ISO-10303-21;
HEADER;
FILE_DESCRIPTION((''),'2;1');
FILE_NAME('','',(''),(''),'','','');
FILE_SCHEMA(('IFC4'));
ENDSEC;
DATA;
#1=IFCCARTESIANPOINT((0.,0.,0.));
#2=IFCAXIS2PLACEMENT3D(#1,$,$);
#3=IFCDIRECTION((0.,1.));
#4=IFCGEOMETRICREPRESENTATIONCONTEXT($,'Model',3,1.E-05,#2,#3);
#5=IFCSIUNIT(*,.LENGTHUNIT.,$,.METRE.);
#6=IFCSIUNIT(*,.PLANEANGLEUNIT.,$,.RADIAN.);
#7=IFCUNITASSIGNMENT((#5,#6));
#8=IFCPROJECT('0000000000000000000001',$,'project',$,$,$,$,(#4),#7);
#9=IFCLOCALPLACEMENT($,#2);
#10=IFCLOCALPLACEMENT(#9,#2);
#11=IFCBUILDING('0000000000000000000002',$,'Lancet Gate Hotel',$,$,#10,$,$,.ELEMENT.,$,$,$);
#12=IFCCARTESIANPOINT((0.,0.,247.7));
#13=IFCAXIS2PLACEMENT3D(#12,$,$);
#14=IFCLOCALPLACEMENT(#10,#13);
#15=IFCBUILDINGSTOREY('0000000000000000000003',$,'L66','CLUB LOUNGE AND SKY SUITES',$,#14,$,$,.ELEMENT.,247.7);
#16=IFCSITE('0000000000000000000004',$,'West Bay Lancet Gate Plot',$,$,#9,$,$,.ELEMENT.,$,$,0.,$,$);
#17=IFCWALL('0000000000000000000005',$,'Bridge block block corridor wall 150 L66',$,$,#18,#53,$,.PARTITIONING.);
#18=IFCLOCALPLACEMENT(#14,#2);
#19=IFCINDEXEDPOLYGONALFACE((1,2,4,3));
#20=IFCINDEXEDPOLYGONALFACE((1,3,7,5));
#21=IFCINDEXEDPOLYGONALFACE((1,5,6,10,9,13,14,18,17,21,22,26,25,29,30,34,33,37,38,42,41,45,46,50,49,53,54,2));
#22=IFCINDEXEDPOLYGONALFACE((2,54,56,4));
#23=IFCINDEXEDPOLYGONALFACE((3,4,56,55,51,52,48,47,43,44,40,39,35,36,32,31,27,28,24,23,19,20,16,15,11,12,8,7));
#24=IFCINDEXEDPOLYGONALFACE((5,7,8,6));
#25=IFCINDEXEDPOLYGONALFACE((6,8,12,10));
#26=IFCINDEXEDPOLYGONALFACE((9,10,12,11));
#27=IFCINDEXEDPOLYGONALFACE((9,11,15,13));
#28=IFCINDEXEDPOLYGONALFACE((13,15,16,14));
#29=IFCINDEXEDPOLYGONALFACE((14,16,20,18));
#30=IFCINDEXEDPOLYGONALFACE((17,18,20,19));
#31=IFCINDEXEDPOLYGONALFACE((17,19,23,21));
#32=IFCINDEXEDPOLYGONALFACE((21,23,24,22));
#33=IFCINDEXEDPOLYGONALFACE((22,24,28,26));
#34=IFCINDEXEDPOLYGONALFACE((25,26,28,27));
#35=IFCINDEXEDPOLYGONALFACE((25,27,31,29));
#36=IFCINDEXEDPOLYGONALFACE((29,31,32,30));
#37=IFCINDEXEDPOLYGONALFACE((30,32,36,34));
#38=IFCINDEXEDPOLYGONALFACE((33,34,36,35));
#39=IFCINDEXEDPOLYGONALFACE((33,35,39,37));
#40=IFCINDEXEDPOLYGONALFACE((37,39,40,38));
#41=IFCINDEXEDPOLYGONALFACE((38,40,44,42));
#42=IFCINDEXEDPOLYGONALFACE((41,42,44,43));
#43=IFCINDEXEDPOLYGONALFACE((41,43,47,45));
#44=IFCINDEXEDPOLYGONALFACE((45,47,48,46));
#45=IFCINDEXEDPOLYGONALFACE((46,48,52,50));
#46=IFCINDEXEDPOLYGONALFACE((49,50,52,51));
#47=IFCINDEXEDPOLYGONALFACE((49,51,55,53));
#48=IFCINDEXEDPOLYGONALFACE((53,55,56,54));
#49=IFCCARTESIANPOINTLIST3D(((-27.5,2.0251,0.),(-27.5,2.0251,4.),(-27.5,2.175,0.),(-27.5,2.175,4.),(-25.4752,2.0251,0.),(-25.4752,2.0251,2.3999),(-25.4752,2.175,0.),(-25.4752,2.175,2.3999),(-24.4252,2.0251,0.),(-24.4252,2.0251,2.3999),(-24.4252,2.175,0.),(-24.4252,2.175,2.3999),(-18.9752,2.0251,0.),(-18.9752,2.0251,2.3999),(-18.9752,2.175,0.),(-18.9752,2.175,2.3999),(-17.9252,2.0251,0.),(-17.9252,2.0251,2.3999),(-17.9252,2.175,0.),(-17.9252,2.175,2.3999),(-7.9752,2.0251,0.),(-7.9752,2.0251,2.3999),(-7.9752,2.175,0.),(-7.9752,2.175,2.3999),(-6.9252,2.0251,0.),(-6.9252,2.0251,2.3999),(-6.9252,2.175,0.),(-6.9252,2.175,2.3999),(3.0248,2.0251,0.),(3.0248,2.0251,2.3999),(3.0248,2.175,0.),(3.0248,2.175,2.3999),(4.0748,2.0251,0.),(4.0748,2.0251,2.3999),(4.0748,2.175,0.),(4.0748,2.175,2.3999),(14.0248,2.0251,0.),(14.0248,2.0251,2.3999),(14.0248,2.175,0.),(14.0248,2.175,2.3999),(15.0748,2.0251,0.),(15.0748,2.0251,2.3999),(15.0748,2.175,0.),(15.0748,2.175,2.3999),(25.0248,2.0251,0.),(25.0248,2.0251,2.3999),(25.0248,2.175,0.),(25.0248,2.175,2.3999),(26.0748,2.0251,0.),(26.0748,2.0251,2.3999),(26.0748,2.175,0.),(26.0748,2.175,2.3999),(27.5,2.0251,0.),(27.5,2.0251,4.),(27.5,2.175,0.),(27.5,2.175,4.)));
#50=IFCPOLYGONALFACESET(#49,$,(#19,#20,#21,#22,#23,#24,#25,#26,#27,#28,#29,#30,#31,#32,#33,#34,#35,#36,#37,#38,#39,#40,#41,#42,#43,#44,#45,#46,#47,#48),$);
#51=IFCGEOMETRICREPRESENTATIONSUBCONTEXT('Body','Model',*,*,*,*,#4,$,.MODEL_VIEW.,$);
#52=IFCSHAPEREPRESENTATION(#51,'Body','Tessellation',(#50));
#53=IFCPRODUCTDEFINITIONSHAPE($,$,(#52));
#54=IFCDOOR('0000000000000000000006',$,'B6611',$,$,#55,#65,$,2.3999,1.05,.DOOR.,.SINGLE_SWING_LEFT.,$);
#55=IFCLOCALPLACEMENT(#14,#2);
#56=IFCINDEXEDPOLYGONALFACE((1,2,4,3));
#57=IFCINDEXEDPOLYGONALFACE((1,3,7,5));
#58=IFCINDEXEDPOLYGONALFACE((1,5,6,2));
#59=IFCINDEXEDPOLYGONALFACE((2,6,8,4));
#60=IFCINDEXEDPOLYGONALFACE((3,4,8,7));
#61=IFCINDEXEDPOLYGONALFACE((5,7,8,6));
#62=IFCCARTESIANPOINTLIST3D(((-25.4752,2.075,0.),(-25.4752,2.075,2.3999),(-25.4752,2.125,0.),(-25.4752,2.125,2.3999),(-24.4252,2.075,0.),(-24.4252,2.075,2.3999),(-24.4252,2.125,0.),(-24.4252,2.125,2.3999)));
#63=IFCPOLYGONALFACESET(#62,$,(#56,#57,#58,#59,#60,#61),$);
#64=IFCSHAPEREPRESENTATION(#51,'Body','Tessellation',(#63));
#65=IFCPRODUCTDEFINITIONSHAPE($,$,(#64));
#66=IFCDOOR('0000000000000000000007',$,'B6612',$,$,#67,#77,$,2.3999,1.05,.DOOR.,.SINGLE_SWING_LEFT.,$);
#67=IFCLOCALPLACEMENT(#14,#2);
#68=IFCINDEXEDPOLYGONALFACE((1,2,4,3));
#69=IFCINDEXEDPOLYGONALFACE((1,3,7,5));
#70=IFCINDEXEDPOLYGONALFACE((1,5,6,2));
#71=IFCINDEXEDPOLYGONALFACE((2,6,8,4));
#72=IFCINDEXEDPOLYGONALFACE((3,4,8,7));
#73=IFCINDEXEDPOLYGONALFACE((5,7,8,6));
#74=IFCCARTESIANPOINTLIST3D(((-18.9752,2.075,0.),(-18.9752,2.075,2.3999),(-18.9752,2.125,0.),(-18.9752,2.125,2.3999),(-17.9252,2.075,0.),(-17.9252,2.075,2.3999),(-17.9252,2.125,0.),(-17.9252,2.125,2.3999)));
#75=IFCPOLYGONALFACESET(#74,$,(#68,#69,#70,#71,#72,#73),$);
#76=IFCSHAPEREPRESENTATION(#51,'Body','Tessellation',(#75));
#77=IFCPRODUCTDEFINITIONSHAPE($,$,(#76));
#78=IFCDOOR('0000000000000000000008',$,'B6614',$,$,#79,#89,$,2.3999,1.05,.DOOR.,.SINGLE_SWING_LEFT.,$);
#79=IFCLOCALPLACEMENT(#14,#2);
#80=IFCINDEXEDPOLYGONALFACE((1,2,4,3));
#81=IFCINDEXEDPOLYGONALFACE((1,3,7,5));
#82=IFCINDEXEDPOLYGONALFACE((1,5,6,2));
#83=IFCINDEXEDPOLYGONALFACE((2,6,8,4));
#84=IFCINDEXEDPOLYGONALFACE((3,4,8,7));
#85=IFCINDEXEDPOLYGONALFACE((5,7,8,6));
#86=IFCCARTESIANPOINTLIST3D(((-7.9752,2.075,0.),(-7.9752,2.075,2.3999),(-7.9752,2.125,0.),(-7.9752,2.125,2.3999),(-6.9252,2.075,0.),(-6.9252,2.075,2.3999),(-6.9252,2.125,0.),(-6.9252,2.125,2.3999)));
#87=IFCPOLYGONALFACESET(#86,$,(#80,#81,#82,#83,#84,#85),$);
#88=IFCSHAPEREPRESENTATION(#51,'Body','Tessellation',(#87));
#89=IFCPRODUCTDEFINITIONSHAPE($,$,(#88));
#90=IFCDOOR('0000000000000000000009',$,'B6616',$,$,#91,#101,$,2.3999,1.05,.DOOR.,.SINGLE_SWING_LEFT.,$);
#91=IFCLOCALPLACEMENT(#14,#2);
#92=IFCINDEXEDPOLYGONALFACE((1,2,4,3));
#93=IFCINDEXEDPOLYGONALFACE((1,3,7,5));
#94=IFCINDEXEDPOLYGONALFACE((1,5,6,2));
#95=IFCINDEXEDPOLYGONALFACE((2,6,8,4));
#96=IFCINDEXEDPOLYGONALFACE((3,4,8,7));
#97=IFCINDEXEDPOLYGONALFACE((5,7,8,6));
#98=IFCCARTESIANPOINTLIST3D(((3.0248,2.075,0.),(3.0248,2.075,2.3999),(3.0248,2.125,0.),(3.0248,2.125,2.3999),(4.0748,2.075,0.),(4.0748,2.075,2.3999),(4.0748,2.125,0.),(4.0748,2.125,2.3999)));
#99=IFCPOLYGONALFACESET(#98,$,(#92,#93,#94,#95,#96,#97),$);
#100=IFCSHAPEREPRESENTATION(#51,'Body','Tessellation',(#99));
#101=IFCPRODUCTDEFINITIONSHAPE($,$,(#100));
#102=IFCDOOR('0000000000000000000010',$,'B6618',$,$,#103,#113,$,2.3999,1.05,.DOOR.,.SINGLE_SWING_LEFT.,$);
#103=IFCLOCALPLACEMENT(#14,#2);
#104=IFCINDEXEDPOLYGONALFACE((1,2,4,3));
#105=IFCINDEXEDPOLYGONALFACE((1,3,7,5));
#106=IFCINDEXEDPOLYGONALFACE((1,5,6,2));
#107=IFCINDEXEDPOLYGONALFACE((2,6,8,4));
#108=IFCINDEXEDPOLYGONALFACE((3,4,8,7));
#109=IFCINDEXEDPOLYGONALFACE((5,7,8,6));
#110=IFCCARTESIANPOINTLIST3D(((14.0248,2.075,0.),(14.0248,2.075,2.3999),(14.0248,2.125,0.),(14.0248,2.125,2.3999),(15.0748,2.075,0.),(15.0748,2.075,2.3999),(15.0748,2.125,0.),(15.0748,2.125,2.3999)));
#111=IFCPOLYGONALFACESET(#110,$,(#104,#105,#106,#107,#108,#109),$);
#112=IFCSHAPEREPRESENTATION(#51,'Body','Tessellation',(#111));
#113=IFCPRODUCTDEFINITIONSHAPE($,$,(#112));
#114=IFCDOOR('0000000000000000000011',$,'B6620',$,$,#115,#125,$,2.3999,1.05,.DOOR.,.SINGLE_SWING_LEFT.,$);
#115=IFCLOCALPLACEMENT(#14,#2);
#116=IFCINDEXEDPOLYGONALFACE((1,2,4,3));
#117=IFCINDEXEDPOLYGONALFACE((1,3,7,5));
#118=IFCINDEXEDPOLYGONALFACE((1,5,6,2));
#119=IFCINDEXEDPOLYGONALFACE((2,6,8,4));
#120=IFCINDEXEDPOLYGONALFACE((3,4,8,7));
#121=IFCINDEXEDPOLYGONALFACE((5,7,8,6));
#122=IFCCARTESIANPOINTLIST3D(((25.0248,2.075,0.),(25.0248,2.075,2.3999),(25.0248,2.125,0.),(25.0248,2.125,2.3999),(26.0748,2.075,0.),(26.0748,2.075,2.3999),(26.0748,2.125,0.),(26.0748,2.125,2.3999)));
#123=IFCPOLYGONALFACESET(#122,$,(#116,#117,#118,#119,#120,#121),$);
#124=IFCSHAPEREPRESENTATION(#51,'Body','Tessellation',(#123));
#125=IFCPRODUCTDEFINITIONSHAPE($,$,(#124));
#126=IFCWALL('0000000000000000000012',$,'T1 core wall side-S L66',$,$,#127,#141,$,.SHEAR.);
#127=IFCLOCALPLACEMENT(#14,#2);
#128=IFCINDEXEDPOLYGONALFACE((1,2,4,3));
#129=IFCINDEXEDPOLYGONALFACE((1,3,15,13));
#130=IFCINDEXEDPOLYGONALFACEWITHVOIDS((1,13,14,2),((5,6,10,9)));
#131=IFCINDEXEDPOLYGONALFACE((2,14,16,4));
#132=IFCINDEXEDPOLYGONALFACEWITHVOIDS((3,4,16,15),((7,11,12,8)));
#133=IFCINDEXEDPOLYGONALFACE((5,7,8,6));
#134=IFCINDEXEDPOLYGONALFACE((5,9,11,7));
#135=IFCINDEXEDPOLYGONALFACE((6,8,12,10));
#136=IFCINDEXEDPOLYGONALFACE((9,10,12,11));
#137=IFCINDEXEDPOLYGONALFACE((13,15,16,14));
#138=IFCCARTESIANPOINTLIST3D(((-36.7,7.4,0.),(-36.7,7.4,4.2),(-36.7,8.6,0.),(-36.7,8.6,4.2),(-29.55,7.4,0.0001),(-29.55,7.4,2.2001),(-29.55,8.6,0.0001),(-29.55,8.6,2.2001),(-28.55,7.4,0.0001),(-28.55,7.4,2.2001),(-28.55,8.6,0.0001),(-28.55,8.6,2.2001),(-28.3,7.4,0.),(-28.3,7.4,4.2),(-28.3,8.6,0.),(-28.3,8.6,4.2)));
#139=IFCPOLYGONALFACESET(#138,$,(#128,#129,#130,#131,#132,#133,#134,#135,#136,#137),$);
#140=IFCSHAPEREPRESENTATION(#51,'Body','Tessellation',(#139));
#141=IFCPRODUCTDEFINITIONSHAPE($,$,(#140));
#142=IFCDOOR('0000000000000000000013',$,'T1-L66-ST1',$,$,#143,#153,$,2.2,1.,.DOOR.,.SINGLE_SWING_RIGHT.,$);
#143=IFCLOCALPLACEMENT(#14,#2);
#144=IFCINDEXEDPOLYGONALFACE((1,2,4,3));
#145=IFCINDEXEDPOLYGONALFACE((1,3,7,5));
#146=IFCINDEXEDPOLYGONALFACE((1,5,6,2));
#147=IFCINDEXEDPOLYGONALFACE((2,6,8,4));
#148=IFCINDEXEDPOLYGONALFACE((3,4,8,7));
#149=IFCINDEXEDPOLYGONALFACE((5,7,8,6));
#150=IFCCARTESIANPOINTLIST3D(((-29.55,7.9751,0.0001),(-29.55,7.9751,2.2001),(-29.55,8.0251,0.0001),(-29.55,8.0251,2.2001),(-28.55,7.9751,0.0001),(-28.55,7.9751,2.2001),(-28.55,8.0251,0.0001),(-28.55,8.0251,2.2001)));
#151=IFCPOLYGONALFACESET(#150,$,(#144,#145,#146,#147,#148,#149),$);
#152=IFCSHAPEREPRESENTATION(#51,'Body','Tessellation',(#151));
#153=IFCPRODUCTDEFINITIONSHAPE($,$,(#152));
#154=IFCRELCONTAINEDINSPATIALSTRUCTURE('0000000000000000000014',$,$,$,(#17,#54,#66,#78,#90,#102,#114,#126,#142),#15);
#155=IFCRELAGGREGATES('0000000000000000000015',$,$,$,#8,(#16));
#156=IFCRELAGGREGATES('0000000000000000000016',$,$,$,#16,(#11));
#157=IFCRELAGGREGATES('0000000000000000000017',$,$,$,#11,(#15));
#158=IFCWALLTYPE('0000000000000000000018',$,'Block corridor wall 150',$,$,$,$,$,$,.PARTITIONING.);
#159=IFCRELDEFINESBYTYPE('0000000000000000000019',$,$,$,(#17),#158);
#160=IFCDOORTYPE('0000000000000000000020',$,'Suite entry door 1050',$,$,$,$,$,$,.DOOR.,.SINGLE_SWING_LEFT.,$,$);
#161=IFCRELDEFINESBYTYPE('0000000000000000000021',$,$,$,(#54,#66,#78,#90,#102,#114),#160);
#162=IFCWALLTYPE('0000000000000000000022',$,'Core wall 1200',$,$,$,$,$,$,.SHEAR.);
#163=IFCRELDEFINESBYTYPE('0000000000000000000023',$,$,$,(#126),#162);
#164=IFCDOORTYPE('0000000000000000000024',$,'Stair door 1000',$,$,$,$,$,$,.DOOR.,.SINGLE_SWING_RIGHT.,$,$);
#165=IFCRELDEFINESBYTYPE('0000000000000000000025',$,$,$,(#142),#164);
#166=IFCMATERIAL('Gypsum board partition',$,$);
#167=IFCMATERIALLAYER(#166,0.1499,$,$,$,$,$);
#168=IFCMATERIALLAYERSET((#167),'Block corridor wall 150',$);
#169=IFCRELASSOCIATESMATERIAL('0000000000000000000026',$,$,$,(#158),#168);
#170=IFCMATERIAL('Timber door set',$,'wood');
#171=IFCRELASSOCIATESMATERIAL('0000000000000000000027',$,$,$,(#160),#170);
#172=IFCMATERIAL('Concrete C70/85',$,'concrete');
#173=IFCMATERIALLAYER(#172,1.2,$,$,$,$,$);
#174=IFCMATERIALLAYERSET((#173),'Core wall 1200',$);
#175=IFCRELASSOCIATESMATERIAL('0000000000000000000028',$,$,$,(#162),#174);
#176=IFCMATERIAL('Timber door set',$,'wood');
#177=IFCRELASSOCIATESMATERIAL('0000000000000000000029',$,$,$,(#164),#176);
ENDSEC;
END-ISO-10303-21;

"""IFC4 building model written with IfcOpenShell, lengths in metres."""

from ifc_helpers import new_model, si_unit, direction, frame, frame_2d, origin, place, context, subcontext, project, spatial, rectangle, extrude, material, layer, layer_set, type_object, element, fill, save


model = new_model("IFC4")

# Units and contexts
model_context = context("Model", 3, precision=1e-05, world=origin(), true_north=direction((0.0, 1.0)))
body_context = subcontext(model_context, "Body", "Model", "MODEL_VIEW")
ifc_project = project(units=[si_unit("LENGTHUNIT", "METRE"), si_unit("PLANEANGLEUNIT", "RADIAN")], contexts=[model_context])

# Site, building, storey
site_placement = place(None, origin())
site = spatial("IfcSite", under=ifc_project, at=site_placement, Name="West Bay Lancet Gate Plot", CompositionType="ELEMENT", RefElevation=0.0)
building_placement = place(site_placement, origin())
building = spatial("IfcBuilding", under=site, at=building_placement, Name="Lancet Gate Hotel", CompositionType="ELEMENT")
storey_placement = place(building_placement, frame((0.0, 0.0, 247.7)))
storey = spatial("IfcBuildingStorey", under=building, at=storey_placement, Name="L66", Description="CLUB LOUNGE AND SKY SUITES", CompositionType="ELEMENT", Elevation=247.7)

# Wall, openings, doors
ifc_material_1 = material(Name="Gypsum board partition")
ifc_layer_1 = layer(ifc_material_1, 0.1499)
ifc_layer_set_1 = layer_set([ifc_layer_1], Name="Block corridor wall 150")
wall_type_1 = type_object("IfcWallType", Name="Block corridor wall 150", PredefinedType="PARTITIONING", material=ifc_layer_set_1)
ifc_material_2 = material(Name="Timber door set", Category="wood")
door_type_1 = type_object("IfcDoorType", Name="Suite entry door 1050", OperationType="SINGLE_SWING_LEFT", PredefinedType="DOOR", material=ifc_material_2)
wall_1_placement = place(storey_placement, frame((-27.5, 2.1001, 0.0), z_axis=(0.0, 0.0, 1.0), x_axis=(1.0, 0.0, 0.0)))
wall_1 = element("IfcWall", 1, at=wall_1_placement, inside=storey, type_object=wall_type_1, Name="Bridge block block corridor wall 150 L66", PredefinedType="PARTITIONING", context=body_context, shape_type="SweptSolid", body=[
    extrude(rectangle(XDim=55.0, YDim=0.1499, at=frame_2d((27.5, 0.0))), origin(), (0.0, 0.0, 1.0), 4.0),
])
opening_1_placement = place(wall_1_placement, frame((2.0249, 0.0, 0.0)))
opening_1 = element("IfcOpeningElement", 2, at=opening_1_placement, cuts=wall_1, PredefinedType="OPENING", context=body_context, shape_type="SweptSolid", body=[
    extrude(rectangle(XDim=1.05, YDim=2.3999, at=frame_2d((0.5249, 1.2))), frame((0.0, 0.085, 0.0), z_axis=(0.0, -1.0, 0.0), x_axis=(1.0, 0.0, 0.0)), (0.0, 0.0, 1.0), 0.1699),
])
opening_2_placement = place(wall_1_placement, frame((8.5249, 0.0, 0.0)))
opening_2 = element("IfcOpeningElement", 3, at=opening_2_placement, cuts=wall_1, PredefinedType="OPENING", context=body_context, shape_type="SweptSolid", body=[
    extrude(rectangle(XDim=1.05, YDim=2.3999, at=frame_2d((0.5249, 1.2))), frame((0.0, 0.085, 0.0), z_axis=(0.0, -1.0, 0.0), x_axis=(1.0, 0.0, 0.0)), (0.0, 0.0, 1.0), 0.1699),
])
opening_3_placement = place(wall_1_placement, frame((19.5249, 0.0, 0.0)))
opening_3 = element("IfcOpeningElement", 4, at=opening_3_placement, cuts=wall_1, PredefinedType="OPENING", context=body_context, shape_type="SweptSolid", body=[
    extrude(rectangle(XDim=1.05, YDim=2.3999, at=frame_2d((0.5249, 1.2))), frame((0.0, 0.085, 0.0), z_axis=(0.0, -1.0, 0.0), x_axis=(1.0, 0.0, 0.0)), (0.0, 0.0, 1.0), 0.1699),
])
opening_4_placement = place(wall_1_placement, frame((30.5249, 0.0, 0.0)))
opening_4 = element("IfcOpeningElement", 5, at=opening_4_placement, cuts=wall_1, PredefinedType="OPENING", context=body_context, shape_type="SweptSolid", body=[
    extrude(rectangle(XDim=1.05, YDim=2.3999, at=frame_2d((0.5249, 1.2))), frame((0.0, 0.085, 0.0), z_axis=(0.0, -1.0, 0.0), x_axis=(1.0, 0.0, 0.0)), (0.0, 0.0, 1.0), 0.1699),
])
opening_5_placement = place(wall_1_placement, frame((41.5249, 0.0, 0.0)))
opening_5 = element("IfcOpeningElement", 6, at=opening_5_placement, cuts=wall_1, PredefinedType="OPENING", context=body_context, shape_type="SweptSolid", body=[
    extrude(rectangle(XDim=1.05, YDim=2.3999, at=frame_2d((0.5249, 1.2))), frame((0.0, 0.085, 0.0), z_axis=(0.0, -1.0, 0.0), x_axis=(1.0, 0.0, 0.0)), (0.0, 0.0, 1.0), 0.1699),
])
opening_6_placement = place(wall_1_placement, frame((52.5249, 0.0, 0.0)))
opening_6 = element("IfcOpeningElement", 7, at=opening_6_placement, cuts=wall_1, PredefinedType="OPENING", context=body_context, shape_type="SweptSolid", body=[
    extrude(rectangle(XDim=1.05, YDim=2.3999, at=frame_2d((0.5249, 1.2))), frame((0.0, 0.085, 0.0), z_axis=(0.0, -1.0, 0.0), x_axis=(1.0, 0.0, 0.0)), (0.0, 0.0, 1.0), 0.1699),
])
door_1_placement = place(opening_1_placement, origin())
door_1 = element("IfcDoor", 8, at=door_1_placement, inside=storey, type_object=door_type_1, Name="B6611", OperationType="SINGLE_SWING_LEFT", OverallHeight=2.3999, OverallWidth=1.05, PredefinedType="DOOR", context=body_context, shape_type="SweptSolid", body=[
    extrude(rectangle(XDim=1.05, YDim=2.3999, at=frame_2d((0.5249, 1.2))), frame((0.0, 0.0249, 0.0), z_axis=(0.0, -1.0, 0.0), x_axis=(1.0, 0.0, 0.0)), (0.0, 0.0, 1.0), 0.05),
])
fill(opening_1, door_1)
door_2_placement = place(opening_2_placement, origin())
door_2 = element("IfcDoor", 9, at=door_2_placement, inside=storey, type_object=door_type_1, Name="B6612", OperationType="SINGLE_SWING_LEFT", OverallHeight=2.3999, OverallWidth=1.05, PredefinedType="DOOR", context=body_context, shape_type="SweptSolid", body=[
    extrude(rectangle(XDim=1.05, YDim=2.3999, at=frame_2d((0.5249, 1.2))), frame((0.0, 0.0249, 0.0), z_axis=(0.0, -1.0, 0.0), x_axis=(1.0, 0.0, 0.0)), (0.0, 0.0, 1.0), 0.05),
])
fill(opening_2, door_2)
door_3_placement = place(opening_3_placement, origin())
door_3 = element("IfcDoor", 10, at=door_3_placement, inside=storey, type_object=door_type_1, Name="B6614", OperationType="SINGLE_SWING_LEFT", OverallHeight=2.3999, OverallWidth=1.05, PredefinedType="DOOR", context=body_context, shape_type="SweptSolid", body=[
    extrude(rectangle(XDim=1.05, YDim=2.3999, at=frame_2d((0.5249, 1.2))), frame((0.0, 0.0249, 0.0), z_axis=(0.0, -1.0, 0.0), x_axis=(1.0, 0.0, 0.0)), (0.0, 0.0, 1.0), 0.05),
])
fill(opening_3, door_3)
door_4_placement = place(opening_4_placement, origin())
door_4 = element("IfcDoor", 11, at=door_4_placement, inside=storey, type_object=door_type_1, Name="B6616", OperationType="SINGLE_SWING_LEFT", OverallHeight=2.3999, OverallWidth=1.05, PredefinedType="DOOR", context=body_context, shape_type="SweptSolid", body=[
    extrude(rectangle(XDim=1.05, YDim=2.3999, at=frame_2d((0.5249, 1.2))), frame((0.0, 0.0249, 0.0), z_axis=(0.0, -1.0, 0.0), x_axis=(1.0, 0.0, 0.0)), (0.0, 0.0, 1.0), 0.05),
])
fill(opening_4, door_4)
door_5_placement = place(opening_5_placement, origin())
door_5 = element("IfcDoor", 12, at=door_5_placement, inside=storey, type_object=door_type_1, Name="B6618", OperationType="SINGLE_SWING_LEFT", OverallHeight=2.3999, OverallWidth=1.05, PredefinedType="DOOR", context=body_context, shape_type="SweptSolid", body=[
    extrude(rectangle(XDim=1.05, YDim=2.3999, at=frame_2d((0.5249, 1.2))), frame((0.0, 0.0249, 0.0), z_axis=(0.0, -1.0, 0.0), x_axis=(1.0, 0.0, 0.0)), (0.0, 0.0, 1.0), 0.05),
])
fill(opening_5, door_5)
door_6_placement = place(opening_6_placement, origin())
door_6 = element("IfcDoor", 13, at=door_6_placement, inside=storey, type_object=door_type_1, Name="B6620", OperationType="SINGLE_SWING_LEFT", OverallHeight=2.3999, OverallWidth=1.05, PredefinedType="DOOR", context=body_context, shape_type="SweptSolid", body=[
    extrude(rectangle(XDim=1.05, YDim=2.3999, at=frame_2d((0.5249, 1.2))), frame((0.0, 0.0249, 0.0), z_axis=(0.0, -1.0, 0.0), x_axis=(1.0, 0.0, 0.0)), (0.0, 0.0, 1.0), 0.05),
])
fill(opening_6, door_6)

# Wall, opening, door
ifc_material_3 = material(Name="Concrete C70/85", Category="concrete")
ifc_layer_2 = layer(ifc_material_3, 1.2)
ifc_layer_set_2 = layer_set([ifc_layer_2], Name="Core wall 1200")
wall_type_2 = type_object("IfcWallType", Name="Core wall 1200", PredefinedType="SHEAR", material=ifc_layer_set_2)
wall_2_placement = place(storey_placement, frame((-28.3, 8.0, 0.0), z_axis=(0.0, 0.0, 1.0), x_axis=(-1.0, 0.0, 0.0)))
wall_2 = element("IfcWall", 14, at=wall_2_placement, inside=storey, type_object=wall_type_2, Name="T1 core wall side-S L66", PredefinedType="SHEAR", context=body_context, shape_type="SweptSolid", body=[
    extrude(rectangle(XDim=8.3999, YDim=1.2, at=frame_2d((4.2, 0.0))), origin(), (0.0, 0.0, 1.0), 4.2),
])
opening_7_placement = place(wall_2_placement, frame((0.25, 0.0, 0.0)))
opening_7 = element("IfcOpeningElement", 15, at=opening_7_placement, cuts=wall_2, PredefinedType="OPENING", context=body_context, shape_type="SweptSolid", body=[
    extrude(rectangle(XDim=1.0, YDim=2.2, at=frame_2d((0.5, 1.1001))), frame((0.0, 0.6099, 0.0), z_axis=(0.0, -1.0, 0.0), x_axis=(1.0, 0.0, 0.0)), (0.0, 0.0, 1.0), 1.22),
])
ifc_material_4 = material(Name="Timber door set", Category="wood")
door_type_2 = type_object("IfcDoorType", Name="Stair door 1000", OperationType="SINGLE_SWING_RIGHT", PredefinedType="DOOR", material=ifc_material_4)
door_7_placement = place(opening_7_placement, origin())
door_7 = element("IfcDoor", 16, at=door_7_placement, inside=storey, type_object=door_type_2, Name="T1-L66-ST1", OperationType="SINGLE_SWING_RIGHT", OverallHeight=2.2, OverallWidth=1.0, PredefinedType="DOOR", context=body_context, shape_type="SweptSolid", body=[
    extrude(rectangle(XDim=1.0, YDim=2.2, at=frame_2d((0.5, 1.1001))), frame((0.0, 0.0249, 0.0), z_axis=(0.0, -1.0, 0.0), x_axis=(1.0, 0.0, 0.0)), (0.0, 0.0, 1.0), 0.05),
])
fill(opening_7, door_7)

save(model, "model.ifc")
